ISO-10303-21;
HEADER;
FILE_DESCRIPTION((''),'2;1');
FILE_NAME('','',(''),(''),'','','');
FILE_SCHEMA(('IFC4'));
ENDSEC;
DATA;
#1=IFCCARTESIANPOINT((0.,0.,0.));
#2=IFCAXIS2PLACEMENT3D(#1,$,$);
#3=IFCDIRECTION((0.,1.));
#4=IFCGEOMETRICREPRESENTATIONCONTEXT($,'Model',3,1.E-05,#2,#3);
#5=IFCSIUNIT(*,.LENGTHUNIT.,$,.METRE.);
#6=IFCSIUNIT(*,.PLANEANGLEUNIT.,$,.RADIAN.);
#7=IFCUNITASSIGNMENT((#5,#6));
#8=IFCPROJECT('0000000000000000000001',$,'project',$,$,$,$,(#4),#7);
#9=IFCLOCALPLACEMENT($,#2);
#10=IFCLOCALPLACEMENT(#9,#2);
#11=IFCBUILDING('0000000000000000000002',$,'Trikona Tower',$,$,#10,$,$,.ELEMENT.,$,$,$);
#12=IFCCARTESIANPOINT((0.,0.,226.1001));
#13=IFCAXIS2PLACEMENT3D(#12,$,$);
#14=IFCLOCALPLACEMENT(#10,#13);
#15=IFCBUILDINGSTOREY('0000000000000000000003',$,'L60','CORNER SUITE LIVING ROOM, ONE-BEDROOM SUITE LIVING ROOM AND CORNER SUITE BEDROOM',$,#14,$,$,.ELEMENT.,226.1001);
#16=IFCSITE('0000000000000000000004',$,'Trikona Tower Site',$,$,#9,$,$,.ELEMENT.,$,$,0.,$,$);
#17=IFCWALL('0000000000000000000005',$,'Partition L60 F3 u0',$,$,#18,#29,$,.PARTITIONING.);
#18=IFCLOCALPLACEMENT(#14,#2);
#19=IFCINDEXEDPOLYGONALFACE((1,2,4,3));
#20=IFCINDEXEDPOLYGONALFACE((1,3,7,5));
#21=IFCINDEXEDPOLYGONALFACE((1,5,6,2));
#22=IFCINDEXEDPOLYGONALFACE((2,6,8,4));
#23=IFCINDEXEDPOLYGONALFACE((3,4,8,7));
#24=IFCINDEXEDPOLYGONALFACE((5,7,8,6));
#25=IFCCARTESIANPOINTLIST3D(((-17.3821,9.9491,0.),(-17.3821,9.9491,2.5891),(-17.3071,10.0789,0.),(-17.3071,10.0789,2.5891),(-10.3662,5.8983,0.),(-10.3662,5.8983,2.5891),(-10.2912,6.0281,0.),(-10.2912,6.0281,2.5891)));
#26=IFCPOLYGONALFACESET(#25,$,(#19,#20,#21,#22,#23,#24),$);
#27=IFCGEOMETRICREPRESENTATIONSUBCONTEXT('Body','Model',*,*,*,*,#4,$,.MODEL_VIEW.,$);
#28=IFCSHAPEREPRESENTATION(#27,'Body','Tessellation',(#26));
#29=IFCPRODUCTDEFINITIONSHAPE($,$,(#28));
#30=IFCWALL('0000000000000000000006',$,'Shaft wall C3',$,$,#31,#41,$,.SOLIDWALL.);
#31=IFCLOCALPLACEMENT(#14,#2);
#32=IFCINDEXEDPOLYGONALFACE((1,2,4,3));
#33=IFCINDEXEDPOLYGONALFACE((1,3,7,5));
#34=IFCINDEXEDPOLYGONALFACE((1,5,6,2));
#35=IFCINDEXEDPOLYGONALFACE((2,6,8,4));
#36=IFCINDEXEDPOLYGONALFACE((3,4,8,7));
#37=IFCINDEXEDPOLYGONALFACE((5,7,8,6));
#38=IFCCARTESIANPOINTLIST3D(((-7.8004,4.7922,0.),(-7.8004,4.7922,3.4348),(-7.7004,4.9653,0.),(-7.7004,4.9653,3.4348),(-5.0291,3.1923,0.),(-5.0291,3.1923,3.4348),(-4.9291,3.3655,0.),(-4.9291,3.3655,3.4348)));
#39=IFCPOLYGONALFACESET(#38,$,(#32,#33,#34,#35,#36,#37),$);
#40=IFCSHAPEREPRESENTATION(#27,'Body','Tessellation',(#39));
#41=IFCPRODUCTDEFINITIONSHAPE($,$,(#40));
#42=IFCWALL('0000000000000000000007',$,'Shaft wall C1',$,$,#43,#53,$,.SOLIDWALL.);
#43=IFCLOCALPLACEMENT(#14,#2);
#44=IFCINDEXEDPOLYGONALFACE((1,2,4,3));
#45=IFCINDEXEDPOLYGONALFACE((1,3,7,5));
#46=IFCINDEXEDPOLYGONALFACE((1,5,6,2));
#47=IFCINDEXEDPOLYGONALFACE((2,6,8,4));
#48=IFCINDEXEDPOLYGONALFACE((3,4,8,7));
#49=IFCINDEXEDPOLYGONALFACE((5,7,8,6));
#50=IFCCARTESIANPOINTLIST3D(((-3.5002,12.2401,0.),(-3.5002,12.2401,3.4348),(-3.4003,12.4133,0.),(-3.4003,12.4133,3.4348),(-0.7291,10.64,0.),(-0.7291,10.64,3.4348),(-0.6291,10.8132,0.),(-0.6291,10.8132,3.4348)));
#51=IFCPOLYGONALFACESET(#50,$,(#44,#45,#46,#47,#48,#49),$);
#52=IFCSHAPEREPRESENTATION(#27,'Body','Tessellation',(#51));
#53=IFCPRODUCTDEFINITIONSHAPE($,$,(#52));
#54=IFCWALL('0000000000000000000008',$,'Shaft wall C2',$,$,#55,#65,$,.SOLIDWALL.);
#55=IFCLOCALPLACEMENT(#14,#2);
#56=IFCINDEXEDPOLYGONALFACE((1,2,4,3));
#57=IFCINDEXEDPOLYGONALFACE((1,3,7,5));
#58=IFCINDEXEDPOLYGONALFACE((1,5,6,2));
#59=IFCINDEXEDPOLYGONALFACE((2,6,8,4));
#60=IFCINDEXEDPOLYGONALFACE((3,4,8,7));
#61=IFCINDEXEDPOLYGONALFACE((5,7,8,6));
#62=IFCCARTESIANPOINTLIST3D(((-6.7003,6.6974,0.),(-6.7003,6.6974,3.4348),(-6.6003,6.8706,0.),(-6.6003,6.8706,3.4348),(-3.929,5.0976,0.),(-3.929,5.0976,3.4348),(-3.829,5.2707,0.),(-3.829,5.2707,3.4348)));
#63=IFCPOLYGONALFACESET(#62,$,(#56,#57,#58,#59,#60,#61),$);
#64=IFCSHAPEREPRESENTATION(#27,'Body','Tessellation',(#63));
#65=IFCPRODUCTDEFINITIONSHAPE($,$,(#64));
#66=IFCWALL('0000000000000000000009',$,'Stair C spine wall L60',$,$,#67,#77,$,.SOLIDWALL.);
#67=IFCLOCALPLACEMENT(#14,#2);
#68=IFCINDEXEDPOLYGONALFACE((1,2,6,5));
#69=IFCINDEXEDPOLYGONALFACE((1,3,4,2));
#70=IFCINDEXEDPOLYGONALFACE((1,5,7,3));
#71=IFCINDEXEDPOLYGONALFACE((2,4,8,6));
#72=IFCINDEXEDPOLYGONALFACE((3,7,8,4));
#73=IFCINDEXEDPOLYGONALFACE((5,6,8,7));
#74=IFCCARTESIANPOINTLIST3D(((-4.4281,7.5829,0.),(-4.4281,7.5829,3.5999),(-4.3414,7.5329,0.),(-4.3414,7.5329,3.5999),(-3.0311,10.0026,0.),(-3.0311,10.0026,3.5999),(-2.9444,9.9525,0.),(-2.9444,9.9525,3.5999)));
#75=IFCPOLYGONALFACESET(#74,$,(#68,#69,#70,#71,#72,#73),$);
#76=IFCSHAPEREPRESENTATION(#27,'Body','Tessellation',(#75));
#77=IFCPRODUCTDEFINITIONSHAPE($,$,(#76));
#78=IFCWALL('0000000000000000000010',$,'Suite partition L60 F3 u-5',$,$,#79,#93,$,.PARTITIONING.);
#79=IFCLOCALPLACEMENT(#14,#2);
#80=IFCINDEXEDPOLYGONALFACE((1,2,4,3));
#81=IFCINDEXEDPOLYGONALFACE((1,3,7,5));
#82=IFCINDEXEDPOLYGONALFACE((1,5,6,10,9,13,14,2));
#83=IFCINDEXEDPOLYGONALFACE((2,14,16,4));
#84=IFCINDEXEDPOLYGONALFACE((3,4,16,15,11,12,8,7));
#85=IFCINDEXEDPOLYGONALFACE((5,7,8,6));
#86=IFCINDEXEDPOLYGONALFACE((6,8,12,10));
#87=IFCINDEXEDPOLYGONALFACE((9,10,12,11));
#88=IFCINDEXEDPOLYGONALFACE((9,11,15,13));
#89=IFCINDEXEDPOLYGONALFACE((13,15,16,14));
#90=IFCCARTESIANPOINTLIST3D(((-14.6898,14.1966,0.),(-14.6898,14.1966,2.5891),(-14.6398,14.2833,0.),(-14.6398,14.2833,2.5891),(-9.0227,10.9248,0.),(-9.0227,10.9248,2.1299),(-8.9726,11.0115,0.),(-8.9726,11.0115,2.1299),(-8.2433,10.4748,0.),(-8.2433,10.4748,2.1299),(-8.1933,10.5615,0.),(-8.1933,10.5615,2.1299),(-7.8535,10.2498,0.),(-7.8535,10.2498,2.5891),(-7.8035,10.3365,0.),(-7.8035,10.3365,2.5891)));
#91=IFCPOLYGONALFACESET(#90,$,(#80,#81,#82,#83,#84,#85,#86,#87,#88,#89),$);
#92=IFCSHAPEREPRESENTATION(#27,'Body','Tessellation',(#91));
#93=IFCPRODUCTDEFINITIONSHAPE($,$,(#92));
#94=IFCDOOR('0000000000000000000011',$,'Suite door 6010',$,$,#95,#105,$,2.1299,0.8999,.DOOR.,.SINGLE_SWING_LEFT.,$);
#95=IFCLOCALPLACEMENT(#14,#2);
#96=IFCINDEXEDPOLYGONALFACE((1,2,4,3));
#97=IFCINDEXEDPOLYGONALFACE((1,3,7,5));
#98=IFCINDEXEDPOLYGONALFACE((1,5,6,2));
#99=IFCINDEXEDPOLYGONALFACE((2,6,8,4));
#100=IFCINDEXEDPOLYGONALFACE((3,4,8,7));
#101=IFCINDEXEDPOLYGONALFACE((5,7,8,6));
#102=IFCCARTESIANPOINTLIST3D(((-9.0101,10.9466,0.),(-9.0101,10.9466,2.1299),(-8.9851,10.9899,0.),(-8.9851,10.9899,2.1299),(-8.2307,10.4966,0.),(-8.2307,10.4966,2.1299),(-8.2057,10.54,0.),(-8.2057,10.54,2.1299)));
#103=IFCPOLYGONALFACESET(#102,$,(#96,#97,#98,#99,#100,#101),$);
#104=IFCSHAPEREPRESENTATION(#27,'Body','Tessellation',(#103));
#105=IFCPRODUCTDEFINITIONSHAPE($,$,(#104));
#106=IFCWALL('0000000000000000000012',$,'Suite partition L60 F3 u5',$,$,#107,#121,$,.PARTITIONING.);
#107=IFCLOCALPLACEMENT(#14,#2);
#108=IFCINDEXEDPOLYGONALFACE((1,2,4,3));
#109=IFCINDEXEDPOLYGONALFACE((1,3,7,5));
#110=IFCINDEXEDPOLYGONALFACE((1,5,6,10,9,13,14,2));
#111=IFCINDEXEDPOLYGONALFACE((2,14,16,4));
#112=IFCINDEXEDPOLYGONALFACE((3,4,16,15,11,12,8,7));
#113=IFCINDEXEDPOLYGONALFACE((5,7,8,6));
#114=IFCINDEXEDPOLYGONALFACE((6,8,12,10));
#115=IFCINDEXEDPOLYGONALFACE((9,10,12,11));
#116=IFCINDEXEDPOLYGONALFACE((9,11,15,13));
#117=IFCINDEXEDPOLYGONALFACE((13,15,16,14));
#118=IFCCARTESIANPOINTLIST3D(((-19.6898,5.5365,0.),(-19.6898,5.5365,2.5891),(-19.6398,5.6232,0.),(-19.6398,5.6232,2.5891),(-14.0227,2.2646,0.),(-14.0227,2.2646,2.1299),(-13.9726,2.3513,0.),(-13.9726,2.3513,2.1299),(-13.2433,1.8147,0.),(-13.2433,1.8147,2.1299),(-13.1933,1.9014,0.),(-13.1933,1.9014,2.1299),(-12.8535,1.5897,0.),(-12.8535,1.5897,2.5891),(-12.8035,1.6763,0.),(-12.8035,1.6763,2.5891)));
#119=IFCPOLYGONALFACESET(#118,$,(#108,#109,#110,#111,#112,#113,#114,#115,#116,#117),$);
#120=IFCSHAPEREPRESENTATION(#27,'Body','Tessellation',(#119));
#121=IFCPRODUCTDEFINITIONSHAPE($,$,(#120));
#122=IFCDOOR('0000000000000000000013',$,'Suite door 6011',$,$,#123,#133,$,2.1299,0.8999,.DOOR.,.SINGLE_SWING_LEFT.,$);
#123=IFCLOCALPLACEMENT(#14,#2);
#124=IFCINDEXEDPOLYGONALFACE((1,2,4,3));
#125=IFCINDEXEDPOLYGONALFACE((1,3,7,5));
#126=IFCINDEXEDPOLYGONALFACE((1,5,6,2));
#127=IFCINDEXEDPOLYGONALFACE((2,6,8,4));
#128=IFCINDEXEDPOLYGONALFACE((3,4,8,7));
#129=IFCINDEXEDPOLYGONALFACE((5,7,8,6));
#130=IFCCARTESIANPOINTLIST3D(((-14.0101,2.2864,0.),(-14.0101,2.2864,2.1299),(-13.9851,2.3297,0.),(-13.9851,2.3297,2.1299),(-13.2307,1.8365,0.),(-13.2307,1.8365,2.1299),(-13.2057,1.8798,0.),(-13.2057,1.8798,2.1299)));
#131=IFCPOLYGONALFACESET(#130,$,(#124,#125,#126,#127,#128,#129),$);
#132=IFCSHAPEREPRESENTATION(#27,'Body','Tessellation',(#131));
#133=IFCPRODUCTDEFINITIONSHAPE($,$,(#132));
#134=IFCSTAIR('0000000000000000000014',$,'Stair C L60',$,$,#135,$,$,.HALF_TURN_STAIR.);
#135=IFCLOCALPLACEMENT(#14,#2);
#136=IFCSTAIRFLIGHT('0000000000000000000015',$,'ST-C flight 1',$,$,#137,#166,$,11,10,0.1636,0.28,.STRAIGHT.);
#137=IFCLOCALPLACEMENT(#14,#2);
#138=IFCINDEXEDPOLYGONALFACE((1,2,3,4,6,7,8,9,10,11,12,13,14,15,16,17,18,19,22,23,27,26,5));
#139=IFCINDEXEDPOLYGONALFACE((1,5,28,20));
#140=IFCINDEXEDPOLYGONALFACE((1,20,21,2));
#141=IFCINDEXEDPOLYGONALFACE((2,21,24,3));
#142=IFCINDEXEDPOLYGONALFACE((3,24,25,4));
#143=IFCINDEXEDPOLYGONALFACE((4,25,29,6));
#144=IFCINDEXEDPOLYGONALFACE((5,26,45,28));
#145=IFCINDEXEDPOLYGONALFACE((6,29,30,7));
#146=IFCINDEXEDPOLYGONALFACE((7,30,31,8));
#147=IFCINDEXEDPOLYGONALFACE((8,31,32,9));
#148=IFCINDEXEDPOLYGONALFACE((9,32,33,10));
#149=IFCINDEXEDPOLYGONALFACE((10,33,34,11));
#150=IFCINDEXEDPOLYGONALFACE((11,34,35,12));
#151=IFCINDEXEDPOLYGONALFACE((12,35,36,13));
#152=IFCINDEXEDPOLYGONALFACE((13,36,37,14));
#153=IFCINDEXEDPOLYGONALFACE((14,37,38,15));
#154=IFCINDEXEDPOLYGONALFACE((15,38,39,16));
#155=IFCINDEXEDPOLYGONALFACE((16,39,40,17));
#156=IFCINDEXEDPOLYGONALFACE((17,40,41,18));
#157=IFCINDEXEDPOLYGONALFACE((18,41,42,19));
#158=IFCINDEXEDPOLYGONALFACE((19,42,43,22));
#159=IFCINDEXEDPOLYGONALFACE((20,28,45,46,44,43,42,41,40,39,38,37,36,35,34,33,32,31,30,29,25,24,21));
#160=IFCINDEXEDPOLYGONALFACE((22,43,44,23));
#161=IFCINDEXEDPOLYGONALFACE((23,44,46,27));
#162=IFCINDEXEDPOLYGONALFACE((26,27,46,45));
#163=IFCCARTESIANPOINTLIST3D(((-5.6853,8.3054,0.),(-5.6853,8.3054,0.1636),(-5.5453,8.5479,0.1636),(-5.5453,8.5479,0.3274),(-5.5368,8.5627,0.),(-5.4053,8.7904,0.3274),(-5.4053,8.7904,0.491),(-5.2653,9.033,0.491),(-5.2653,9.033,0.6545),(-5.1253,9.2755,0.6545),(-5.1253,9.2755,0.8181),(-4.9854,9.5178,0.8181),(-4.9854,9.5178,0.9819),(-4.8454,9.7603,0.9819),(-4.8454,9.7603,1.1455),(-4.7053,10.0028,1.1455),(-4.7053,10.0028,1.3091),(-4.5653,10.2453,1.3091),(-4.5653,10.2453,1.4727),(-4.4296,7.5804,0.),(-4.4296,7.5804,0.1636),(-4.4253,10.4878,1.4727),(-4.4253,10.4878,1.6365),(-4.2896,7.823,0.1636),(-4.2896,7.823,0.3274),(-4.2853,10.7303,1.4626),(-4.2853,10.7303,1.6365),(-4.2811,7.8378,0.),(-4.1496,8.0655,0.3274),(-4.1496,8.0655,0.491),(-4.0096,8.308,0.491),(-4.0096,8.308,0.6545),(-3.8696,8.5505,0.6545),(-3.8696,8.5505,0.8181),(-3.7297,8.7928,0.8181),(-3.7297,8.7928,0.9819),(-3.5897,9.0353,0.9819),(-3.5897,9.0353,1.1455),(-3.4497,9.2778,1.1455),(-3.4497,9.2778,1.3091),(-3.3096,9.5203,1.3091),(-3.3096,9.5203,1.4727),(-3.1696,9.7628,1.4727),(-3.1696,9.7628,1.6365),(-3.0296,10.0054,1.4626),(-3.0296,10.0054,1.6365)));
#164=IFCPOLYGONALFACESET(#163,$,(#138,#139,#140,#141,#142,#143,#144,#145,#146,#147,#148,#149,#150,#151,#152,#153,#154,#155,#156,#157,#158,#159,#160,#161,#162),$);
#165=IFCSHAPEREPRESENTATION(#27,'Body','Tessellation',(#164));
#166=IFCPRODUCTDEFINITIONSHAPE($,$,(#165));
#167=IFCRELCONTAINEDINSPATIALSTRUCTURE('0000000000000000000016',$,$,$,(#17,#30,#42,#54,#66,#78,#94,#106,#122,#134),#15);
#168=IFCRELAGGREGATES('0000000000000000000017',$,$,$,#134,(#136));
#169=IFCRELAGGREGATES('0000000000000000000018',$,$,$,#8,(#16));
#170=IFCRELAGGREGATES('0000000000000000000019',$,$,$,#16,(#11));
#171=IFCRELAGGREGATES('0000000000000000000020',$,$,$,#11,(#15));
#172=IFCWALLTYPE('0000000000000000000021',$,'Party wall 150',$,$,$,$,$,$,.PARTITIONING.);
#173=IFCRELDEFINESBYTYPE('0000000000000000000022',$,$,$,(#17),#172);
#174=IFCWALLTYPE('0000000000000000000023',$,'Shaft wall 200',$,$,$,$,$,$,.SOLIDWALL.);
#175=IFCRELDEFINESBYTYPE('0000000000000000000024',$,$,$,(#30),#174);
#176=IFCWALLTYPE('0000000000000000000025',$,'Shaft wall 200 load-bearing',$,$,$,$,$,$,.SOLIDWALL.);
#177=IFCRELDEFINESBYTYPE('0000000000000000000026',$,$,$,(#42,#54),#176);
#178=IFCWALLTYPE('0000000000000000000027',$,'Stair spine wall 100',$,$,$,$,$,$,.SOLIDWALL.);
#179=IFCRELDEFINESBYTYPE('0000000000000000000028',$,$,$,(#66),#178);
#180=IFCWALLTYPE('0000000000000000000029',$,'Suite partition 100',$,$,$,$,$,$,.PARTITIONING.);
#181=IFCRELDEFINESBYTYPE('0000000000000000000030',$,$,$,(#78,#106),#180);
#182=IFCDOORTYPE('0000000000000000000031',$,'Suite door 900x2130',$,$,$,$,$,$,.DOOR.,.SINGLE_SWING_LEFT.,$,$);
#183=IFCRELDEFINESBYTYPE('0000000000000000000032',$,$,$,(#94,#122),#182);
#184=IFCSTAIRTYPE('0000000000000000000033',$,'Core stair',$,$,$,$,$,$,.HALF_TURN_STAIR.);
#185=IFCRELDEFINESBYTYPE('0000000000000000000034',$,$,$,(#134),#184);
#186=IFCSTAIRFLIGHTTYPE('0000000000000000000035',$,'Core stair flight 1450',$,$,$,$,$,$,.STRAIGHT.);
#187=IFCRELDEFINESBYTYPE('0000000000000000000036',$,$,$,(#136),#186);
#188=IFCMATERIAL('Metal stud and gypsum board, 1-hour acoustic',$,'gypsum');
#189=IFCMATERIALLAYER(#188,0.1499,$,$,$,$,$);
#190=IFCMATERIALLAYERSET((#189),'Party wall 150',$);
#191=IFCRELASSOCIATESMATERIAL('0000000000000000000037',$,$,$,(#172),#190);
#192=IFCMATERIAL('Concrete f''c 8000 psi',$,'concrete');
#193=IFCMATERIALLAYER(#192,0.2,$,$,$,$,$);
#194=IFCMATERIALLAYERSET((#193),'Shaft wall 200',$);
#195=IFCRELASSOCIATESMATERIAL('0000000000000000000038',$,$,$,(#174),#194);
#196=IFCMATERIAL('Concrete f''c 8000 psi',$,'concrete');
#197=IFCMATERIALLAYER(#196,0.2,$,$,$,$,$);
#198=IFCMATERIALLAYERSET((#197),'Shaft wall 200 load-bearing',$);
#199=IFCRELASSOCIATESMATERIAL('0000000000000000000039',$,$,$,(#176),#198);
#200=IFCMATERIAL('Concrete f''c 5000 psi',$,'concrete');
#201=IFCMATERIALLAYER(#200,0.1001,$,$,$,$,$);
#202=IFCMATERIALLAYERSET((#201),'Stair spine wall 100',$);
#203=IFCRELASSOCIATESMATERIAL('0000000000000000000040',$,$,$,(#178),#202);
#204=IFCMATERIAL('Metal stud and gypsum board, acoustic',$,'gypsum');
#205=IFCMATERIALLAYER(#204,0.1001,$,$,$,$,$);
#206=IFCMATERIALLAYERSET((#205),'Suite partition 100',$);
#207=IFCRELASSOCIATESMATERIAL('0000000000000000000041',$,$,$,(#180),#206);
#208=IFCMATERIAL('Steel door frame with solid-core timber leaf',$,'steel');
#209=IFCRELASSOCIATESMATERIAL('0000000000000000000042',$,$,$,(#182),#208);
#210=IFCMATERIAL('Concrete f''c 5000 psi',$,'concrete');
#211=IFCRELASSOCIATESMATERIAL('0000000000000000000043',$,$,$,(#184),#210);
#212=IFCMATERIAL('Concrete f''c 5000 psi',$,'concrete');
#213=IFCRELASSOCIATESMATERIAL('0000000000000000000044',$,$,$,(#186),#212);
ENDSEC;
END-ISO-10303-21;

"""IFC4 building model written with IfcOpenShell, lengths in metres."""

from ifc_helpers import new_model, si_unit, direction, frame, frame_2d, origin, place, context, subcontext, project, spatial, polyline, rectangle, outline, extrude, material, layer, layer_set, type_object, element, fill, aggregate, save


model = new_model("IFC4")

# Units and contexts
model_context = context("Model", 3, precision=1e-05, world=origin(), true_north=direction((0.0, 1.0)))
body_context = subcontext(model_context, "Body", "Model", "MODEL_VIEW")
ifc_project = project(units=[si_unit("LENGTHUNIT", "METRE"), si_unit("PLANEANGLEUNIT", "RADIAN")], contexts=[model_context])

# Site, building, storey
site_placement = place(None, origin())
site = spatial("IfcSite", under=ifc_project, at=site_placement, Name="Trikona Tower Site", CompositionType="ELEMENT", RefElevation=0.0)
building_placement = place(site_placement, origin())
building = spatial("IfcBuilding", under=site, at=building_placement, Name="Trikona Tower", CompositionType="ELEMENT")
storey_placement = place(building_placement, frame((0.0, 0.0, 226.1001)))
storey = spatial("IfcBuildingStorey", under=building, at=storey_placement, Name="L60", Description="CORNER SUITE LIVING ROOM, ONE-BEDROOM SUITE LIVING ROOM AND CORNER SUITE BEDROOM", CompositionType="ELEMENT", Elevation=226.1001)

# Walls
ifc_material_1 = material(Name="Metal stud and gypsum board, 1-hour acoustic", Category="gypsum")
ifc_layer_1 = layer(ifc_material_1, 0.1499)
ifc_layer_set_1 = layer_set([ifc_layer_1], Name="Party wall 150")
wall_type_1 = type_object("IfcWallType", Name="Party wall 150", PredefinedType="PARTITIONING", material=ifc_layer_set_1)
wall_1_placement = place(storey_placement, frame((-10.3286, 5.9631, 0.0), z_axis=(0.0, 0.0, 1.0), x_axis=(-0.866016, 0.500015, 0.0)))
element("IfcWall", 1, at=wall_1_placement, inside=storey, type_object=wall_type_1, Name="Partition L60 F3 u0", PredefinedType="PARTITIONING", context=body_context, shape_type="SweptSolid", body=[
    extrude(rectangle(XDim=8.1013, YDim=0.1499, at=frame_2d((4.0508, 0.0))), origin(), (0.0, 0.0, 1.0), 2.5891),
])
ifc_material_2 = material(Name="Concrete f'c 8000 psi", Category="concrete")
ifc_layer_2 = layer(ifc_material_2, 0.2)
ifc_layer_set_2 = layer_set([ifc_layer_2], Name="Shaft wall 200")
wall_type_2 = type_object("IfcWallType", Name="Shaft wall 200", PredefinedType="SOLIDWALL", material=ifc_layer_set_2)
wall_2_placement = place(storey_placement, frame((-4.979, 3.2788, 0.0), z_axis=(0.0, 0.0, 1.0), x_axis=(-0.866042, 0.499971, 0.0)))
element("IfcWall", 2, at=wall_2_placement, inside=storey, type_object=wall_type_2, Name="Shaft wall C3", PredefinedType="SOLIDWALL", context=body_context, shape_type="SweptSolid", body=[
    extrude(rectangle(XDim=3.2, YDim=0.2, at=frame_2d((1.6001, 0.0))), origin(), (0.0, 0.0, 1.0), 3.4348),
])
ifc_material_3 = material(Name="Concrete f'c 8000 psi", Category="concrete")
ifc_layer_3 = layer(ifc_material_3, 0.2)
ifc_layer_set_3 = layer_set([ifc_layer_3], Name="Shaft wall 200 load-bearing")
wall_type_3 = type_object("IfcWallType", Name="Shaft wall 200 load-bearing", PredefinedType="SOLIDWALL", material=ifc_layer_set_3)
for number, where, z_axis, x_axis, name in (
    (3, (-0.679, 10.7266, 0.0), (0.0, 0.0, 1.0), (-0.866009, 0.500028, 0.0), "Shaft wall C1"),
    (4, (-3.8789, 5.1841, 0.0), (0.0, 0.0, 1.0), (-0.866042, 0.499971, 0.0), "Shaft wall C2"),
):
    element("IfcWall", number, at=place(storey_placement, frame(where, z_axis=z_axis, x_axis=x_axis)), inside=storey, type_object=wall_type_3, Name=name, PredefinedType="SOLIDWALL", context=body_context, shape_type="SweptSolid", body=[
        extrude(rectangle(XDim=3.2, YDim=0.2, at=frame_2d((1.6001, 0.0))), origin(), (0.0, 0.0, 1.0), 3.4348),
    ])
ifc_material_4 = material(Name="Concrete f'c 5000 psi", Category="concrete")
ifc_layer_4 = layer(ifc_material_4, 0.1001)
ifc_layer_set_4 = layer_set([ifc_layer_4], Name="Stair spine wall 100")
wall_type_4 = type_object("IfcWallType", Name="Stair spine wall 100", PredefinedType="SOLIDWALL", material=ifc_layer_set_4)
wall_3_placement = place(storey_placement, frame((-2.9878, 9.9775, 0.0), z_axis=(0.0, 0.0, 1.0), x_axis=(-0.499992, -0.86603, 0.0)))
element("IfcWall", 5, at=wall_3_placement, inside=storey, type_object=wall_type_4, Name="Stair C spine wall L60", PredefinedType="SOLIDWALL", context=body_context, shape_type="SweptSolid", body=[
    extrude(rectangle(XDim=2.7939, YDim=0.1001, at=frame_2d((1.397, 0.0))), origin(), (0.0, 0.0, 1.0), 3.5999),
])

# Walls, openings, doors
ifc_material_5 = material(Name="Metal stud and gypsum board, acoustic", Category="gypsum")
ifc_layer_5 = layer(ifc_material_5, 0.1001)
ifc_layer_set_5 = layer_set([ifc_layer_5], Name="Suite partition 100")
wall_type_5 = type_object("IfcWallType", Name="Suite partition 100", PredefinedType="PARTITIONING", material=ifc_layer_set_5)
wall_4_placement = place(storey_placement, frame((-7.8286, 10.2932, 0.0), z_axis=(0.0, 0.0, 1.0), x_axis=(-0.866031, 0.499991, 0.0)))
wall_4 = element("IfcWall", 6, at=wall_4_placement, inside=storey, type_object=wall_type_5, Name="Suite partition L60 F3 u-5", PredefinedType="PARTITIONING", context=body_context, shape_type="SweptSolid", body=[
    extrude(rectangle(XDim=7.8938, YDim=0.1001, at=frame_2d((3.9468, 0.0))), origin(), (0.0, 0.0, 1.0), 2.5891),
])
opening_1_placement = place(wall_4_placement, frame((0.45, 0.0, 0.0)))
opening_1 = element("IfcOpeningElement", 7, at=opening_1_placement, cuts=wall_4, PredefinedType="OPENING", context=body_context, shape_type="SweptSolid", body=[
    extrude(rectangle(XDim=0.8999, YDim=2.1299, at=frame_2d((0.45, 1.0649))), frame((0.0, 0.0601, 0.0), z_axis=(0.0, -1.0, 0.0), x_axis=(1.0, 0.0, 0.0)), (0.0, 0.0, 1.0), 0.1201),
])
ifc_material_6 = material(Name="Steel door frame with solid-core timber leaf", Category="steel")
door_type_1 = type_object("IfcDoorType", Name="Suite door 900x2130", OperationType="SINGLE_SWING_LEFT", PredefinedType="DOOR", material=ifc_material_6)
door_1_placement = place(opening_1_placement, origin())
door_1 = element("IfcDoor", 8, at=door_1_placement, inside=storey, type_object=door_type_1, Name="Suite door 6010", OperationType="SINGLE_SWING_LEFT", OverallHeight=2.1299, OverallWidth=0.8999, PredefinedType="DOOR", context=body_context, shape_type="SweptSolid", body=[
    extrude(rectangle(XDim=0.8999, YDim=2.1299, at=frame_2d((0.45, 1.0649))), frame((0.0, 0.0249, 0.0), z_axis=(0.0, -1.0, 0.0), x_axis=(1.0, 0.0, 0.0)), (0.0, 0.0, 1.0), 0.05),
])
fill(opening_1, door_1)
wall_5_placement = place(storey_placement, frame((-12.8286, 1.6331, 0.0), z_axis=(0.0, 0.0, 1.0), x_axis=(-0.866031, 0.499991, 0.0)))
wall_5 = element("IfcWall", 9, at=wall_5_placement, inside=storey, type_object=wall_type_5, Name="Suite partition L60 F3 u5", PredefinedType="PARTITIONING", context=body_context, shape_type="SweptSolid", body=[
    extrude(rectangle(XDim=7.8938, YDim=0.1001, at=frame_2d((3.9468, 0.0))), origin(), (0.0, 0.0, 1.0), 2.5891),
])
opening_2_placement = place(wall_5_placement, frame((0.45, 0.0, 0.0)))
opening_2 = element("IfcOpeningElement", 10, at=opening_2_placement, cuts=wall_5, PredefinedType="OPENING", context=body_context, shape_type="SweptSolid", body=[
    extrude(rectangle(XDim=0.8999, YDim=2.1299, at=frame_2d((0.45, 1.0649))), frame((0.0, 0.0601, 0.0), z_axis=(0.0, -1.0, 0.0), x_axis=(1.0, 0.0, 0.0)), (0.0, 0.0, 1.0), 0.1201),
])
door_2_placement = place(opening_2_placement, origin())
door_2 = element("IfcDoor", 11, at=door_2_placement, inside=storey, type_object=door_type_1, Name="Suite door 6011", OperationType="SINGLE_SWING_LEFT", OverallHeight=2.1299, OverallWidth=0.8999, PredefinedType="DOOR", context=body_context, shape_type="SweptSolid", body=[
    extrude(rectangle(XDim=0.8999, YDim=2.1299, at=frame_2d((0.45, 1.0649))), frame((0.0, 0.0249, 0.0), z_axis=(0.0, -1.0, 0.0), x_axis=(1.0, 0.0, 0.0)), (0.0, 0.0, 1.0), 0.05),
])
fill(opening_2, door_2)

# Stair, stair flight
ifc_material_7 = material(Name="Concrete f'c 5000 psi", Category="concrete")
stair_type = type_object("IfcStairType", Name="Core stair", PredefinedType="HALF_TURN_STAIR", material=ifc_material_7)
stair_placement = place(storey_placement, origin())
stair = element("IfcStair", 12, at=stair_placement, inside=storey, type_object=stair_type, Name="Stair C L60", PredefinedType="HALF_TURN_STAIR")
ifc_material_8 = material(Name="Concrete f'c 5000 psi", Category="concrete")
stair_flight_type = type_object("IfcStairFlightType", Name="Core stair flight 1450", PredefinedType="STRAIGHT", material=ifc_material_8)
stair_flight_1_placement = place(storey_placement, frame((-5.0574, 7.9429, 0.0), z_axis=(0.0, 0.0, 1.0), x_axis=(0.5, 0.866025, 0.0)))
stair_flight_1 = element("IfcStairFlight", 13, at=stair_flight_1_placement, type_object=stair_flight_type, Name="ST-C flight 1", NumberOfRisers=11, NumberOfTreads=10, PredefinedType="STRAIGHT", RiserHeight=0.1636, TreadLength=0.28, context=body_context, shape_type="SweptSolid", body=[
    extrude(outline(polyline([(0.0, 0.0), (0.0, 0.1636), (0.28, 0.1636), (0.28, 0.3274), (0.5601, 0.3274), (0.5601, 0.491), (0.8401, 0.491), (0.8401, 0.6545), (1.1201, 0.6545), (1.1201, 0.8181), (1.3999, 0.8181), (1.3999, 0.9819), (1.6799, 0.9819), (1.6799, 1.1455), (1.96, 1.1455), (1.96, 1.3091), (2.24, 1.3091), (2.24, 1.4727), (2.52, 1.4727), (2.52, 1.6365), (2.8, 1.6365), (2.8, 1.8), (2.8, 1.4626), (0.2971, 0.0), (0.0, 0.0)])), frame((0.0, 0.7251, 0.0), z_axis=(0.0, -1.0, 0.0), x_axis=(1.0, 0.0, 0.0)), (0.0, 0.0, 1.0), 1.45),
])
aggregate(stair, [stair_flight_1])

save(model, "model.ifc")
